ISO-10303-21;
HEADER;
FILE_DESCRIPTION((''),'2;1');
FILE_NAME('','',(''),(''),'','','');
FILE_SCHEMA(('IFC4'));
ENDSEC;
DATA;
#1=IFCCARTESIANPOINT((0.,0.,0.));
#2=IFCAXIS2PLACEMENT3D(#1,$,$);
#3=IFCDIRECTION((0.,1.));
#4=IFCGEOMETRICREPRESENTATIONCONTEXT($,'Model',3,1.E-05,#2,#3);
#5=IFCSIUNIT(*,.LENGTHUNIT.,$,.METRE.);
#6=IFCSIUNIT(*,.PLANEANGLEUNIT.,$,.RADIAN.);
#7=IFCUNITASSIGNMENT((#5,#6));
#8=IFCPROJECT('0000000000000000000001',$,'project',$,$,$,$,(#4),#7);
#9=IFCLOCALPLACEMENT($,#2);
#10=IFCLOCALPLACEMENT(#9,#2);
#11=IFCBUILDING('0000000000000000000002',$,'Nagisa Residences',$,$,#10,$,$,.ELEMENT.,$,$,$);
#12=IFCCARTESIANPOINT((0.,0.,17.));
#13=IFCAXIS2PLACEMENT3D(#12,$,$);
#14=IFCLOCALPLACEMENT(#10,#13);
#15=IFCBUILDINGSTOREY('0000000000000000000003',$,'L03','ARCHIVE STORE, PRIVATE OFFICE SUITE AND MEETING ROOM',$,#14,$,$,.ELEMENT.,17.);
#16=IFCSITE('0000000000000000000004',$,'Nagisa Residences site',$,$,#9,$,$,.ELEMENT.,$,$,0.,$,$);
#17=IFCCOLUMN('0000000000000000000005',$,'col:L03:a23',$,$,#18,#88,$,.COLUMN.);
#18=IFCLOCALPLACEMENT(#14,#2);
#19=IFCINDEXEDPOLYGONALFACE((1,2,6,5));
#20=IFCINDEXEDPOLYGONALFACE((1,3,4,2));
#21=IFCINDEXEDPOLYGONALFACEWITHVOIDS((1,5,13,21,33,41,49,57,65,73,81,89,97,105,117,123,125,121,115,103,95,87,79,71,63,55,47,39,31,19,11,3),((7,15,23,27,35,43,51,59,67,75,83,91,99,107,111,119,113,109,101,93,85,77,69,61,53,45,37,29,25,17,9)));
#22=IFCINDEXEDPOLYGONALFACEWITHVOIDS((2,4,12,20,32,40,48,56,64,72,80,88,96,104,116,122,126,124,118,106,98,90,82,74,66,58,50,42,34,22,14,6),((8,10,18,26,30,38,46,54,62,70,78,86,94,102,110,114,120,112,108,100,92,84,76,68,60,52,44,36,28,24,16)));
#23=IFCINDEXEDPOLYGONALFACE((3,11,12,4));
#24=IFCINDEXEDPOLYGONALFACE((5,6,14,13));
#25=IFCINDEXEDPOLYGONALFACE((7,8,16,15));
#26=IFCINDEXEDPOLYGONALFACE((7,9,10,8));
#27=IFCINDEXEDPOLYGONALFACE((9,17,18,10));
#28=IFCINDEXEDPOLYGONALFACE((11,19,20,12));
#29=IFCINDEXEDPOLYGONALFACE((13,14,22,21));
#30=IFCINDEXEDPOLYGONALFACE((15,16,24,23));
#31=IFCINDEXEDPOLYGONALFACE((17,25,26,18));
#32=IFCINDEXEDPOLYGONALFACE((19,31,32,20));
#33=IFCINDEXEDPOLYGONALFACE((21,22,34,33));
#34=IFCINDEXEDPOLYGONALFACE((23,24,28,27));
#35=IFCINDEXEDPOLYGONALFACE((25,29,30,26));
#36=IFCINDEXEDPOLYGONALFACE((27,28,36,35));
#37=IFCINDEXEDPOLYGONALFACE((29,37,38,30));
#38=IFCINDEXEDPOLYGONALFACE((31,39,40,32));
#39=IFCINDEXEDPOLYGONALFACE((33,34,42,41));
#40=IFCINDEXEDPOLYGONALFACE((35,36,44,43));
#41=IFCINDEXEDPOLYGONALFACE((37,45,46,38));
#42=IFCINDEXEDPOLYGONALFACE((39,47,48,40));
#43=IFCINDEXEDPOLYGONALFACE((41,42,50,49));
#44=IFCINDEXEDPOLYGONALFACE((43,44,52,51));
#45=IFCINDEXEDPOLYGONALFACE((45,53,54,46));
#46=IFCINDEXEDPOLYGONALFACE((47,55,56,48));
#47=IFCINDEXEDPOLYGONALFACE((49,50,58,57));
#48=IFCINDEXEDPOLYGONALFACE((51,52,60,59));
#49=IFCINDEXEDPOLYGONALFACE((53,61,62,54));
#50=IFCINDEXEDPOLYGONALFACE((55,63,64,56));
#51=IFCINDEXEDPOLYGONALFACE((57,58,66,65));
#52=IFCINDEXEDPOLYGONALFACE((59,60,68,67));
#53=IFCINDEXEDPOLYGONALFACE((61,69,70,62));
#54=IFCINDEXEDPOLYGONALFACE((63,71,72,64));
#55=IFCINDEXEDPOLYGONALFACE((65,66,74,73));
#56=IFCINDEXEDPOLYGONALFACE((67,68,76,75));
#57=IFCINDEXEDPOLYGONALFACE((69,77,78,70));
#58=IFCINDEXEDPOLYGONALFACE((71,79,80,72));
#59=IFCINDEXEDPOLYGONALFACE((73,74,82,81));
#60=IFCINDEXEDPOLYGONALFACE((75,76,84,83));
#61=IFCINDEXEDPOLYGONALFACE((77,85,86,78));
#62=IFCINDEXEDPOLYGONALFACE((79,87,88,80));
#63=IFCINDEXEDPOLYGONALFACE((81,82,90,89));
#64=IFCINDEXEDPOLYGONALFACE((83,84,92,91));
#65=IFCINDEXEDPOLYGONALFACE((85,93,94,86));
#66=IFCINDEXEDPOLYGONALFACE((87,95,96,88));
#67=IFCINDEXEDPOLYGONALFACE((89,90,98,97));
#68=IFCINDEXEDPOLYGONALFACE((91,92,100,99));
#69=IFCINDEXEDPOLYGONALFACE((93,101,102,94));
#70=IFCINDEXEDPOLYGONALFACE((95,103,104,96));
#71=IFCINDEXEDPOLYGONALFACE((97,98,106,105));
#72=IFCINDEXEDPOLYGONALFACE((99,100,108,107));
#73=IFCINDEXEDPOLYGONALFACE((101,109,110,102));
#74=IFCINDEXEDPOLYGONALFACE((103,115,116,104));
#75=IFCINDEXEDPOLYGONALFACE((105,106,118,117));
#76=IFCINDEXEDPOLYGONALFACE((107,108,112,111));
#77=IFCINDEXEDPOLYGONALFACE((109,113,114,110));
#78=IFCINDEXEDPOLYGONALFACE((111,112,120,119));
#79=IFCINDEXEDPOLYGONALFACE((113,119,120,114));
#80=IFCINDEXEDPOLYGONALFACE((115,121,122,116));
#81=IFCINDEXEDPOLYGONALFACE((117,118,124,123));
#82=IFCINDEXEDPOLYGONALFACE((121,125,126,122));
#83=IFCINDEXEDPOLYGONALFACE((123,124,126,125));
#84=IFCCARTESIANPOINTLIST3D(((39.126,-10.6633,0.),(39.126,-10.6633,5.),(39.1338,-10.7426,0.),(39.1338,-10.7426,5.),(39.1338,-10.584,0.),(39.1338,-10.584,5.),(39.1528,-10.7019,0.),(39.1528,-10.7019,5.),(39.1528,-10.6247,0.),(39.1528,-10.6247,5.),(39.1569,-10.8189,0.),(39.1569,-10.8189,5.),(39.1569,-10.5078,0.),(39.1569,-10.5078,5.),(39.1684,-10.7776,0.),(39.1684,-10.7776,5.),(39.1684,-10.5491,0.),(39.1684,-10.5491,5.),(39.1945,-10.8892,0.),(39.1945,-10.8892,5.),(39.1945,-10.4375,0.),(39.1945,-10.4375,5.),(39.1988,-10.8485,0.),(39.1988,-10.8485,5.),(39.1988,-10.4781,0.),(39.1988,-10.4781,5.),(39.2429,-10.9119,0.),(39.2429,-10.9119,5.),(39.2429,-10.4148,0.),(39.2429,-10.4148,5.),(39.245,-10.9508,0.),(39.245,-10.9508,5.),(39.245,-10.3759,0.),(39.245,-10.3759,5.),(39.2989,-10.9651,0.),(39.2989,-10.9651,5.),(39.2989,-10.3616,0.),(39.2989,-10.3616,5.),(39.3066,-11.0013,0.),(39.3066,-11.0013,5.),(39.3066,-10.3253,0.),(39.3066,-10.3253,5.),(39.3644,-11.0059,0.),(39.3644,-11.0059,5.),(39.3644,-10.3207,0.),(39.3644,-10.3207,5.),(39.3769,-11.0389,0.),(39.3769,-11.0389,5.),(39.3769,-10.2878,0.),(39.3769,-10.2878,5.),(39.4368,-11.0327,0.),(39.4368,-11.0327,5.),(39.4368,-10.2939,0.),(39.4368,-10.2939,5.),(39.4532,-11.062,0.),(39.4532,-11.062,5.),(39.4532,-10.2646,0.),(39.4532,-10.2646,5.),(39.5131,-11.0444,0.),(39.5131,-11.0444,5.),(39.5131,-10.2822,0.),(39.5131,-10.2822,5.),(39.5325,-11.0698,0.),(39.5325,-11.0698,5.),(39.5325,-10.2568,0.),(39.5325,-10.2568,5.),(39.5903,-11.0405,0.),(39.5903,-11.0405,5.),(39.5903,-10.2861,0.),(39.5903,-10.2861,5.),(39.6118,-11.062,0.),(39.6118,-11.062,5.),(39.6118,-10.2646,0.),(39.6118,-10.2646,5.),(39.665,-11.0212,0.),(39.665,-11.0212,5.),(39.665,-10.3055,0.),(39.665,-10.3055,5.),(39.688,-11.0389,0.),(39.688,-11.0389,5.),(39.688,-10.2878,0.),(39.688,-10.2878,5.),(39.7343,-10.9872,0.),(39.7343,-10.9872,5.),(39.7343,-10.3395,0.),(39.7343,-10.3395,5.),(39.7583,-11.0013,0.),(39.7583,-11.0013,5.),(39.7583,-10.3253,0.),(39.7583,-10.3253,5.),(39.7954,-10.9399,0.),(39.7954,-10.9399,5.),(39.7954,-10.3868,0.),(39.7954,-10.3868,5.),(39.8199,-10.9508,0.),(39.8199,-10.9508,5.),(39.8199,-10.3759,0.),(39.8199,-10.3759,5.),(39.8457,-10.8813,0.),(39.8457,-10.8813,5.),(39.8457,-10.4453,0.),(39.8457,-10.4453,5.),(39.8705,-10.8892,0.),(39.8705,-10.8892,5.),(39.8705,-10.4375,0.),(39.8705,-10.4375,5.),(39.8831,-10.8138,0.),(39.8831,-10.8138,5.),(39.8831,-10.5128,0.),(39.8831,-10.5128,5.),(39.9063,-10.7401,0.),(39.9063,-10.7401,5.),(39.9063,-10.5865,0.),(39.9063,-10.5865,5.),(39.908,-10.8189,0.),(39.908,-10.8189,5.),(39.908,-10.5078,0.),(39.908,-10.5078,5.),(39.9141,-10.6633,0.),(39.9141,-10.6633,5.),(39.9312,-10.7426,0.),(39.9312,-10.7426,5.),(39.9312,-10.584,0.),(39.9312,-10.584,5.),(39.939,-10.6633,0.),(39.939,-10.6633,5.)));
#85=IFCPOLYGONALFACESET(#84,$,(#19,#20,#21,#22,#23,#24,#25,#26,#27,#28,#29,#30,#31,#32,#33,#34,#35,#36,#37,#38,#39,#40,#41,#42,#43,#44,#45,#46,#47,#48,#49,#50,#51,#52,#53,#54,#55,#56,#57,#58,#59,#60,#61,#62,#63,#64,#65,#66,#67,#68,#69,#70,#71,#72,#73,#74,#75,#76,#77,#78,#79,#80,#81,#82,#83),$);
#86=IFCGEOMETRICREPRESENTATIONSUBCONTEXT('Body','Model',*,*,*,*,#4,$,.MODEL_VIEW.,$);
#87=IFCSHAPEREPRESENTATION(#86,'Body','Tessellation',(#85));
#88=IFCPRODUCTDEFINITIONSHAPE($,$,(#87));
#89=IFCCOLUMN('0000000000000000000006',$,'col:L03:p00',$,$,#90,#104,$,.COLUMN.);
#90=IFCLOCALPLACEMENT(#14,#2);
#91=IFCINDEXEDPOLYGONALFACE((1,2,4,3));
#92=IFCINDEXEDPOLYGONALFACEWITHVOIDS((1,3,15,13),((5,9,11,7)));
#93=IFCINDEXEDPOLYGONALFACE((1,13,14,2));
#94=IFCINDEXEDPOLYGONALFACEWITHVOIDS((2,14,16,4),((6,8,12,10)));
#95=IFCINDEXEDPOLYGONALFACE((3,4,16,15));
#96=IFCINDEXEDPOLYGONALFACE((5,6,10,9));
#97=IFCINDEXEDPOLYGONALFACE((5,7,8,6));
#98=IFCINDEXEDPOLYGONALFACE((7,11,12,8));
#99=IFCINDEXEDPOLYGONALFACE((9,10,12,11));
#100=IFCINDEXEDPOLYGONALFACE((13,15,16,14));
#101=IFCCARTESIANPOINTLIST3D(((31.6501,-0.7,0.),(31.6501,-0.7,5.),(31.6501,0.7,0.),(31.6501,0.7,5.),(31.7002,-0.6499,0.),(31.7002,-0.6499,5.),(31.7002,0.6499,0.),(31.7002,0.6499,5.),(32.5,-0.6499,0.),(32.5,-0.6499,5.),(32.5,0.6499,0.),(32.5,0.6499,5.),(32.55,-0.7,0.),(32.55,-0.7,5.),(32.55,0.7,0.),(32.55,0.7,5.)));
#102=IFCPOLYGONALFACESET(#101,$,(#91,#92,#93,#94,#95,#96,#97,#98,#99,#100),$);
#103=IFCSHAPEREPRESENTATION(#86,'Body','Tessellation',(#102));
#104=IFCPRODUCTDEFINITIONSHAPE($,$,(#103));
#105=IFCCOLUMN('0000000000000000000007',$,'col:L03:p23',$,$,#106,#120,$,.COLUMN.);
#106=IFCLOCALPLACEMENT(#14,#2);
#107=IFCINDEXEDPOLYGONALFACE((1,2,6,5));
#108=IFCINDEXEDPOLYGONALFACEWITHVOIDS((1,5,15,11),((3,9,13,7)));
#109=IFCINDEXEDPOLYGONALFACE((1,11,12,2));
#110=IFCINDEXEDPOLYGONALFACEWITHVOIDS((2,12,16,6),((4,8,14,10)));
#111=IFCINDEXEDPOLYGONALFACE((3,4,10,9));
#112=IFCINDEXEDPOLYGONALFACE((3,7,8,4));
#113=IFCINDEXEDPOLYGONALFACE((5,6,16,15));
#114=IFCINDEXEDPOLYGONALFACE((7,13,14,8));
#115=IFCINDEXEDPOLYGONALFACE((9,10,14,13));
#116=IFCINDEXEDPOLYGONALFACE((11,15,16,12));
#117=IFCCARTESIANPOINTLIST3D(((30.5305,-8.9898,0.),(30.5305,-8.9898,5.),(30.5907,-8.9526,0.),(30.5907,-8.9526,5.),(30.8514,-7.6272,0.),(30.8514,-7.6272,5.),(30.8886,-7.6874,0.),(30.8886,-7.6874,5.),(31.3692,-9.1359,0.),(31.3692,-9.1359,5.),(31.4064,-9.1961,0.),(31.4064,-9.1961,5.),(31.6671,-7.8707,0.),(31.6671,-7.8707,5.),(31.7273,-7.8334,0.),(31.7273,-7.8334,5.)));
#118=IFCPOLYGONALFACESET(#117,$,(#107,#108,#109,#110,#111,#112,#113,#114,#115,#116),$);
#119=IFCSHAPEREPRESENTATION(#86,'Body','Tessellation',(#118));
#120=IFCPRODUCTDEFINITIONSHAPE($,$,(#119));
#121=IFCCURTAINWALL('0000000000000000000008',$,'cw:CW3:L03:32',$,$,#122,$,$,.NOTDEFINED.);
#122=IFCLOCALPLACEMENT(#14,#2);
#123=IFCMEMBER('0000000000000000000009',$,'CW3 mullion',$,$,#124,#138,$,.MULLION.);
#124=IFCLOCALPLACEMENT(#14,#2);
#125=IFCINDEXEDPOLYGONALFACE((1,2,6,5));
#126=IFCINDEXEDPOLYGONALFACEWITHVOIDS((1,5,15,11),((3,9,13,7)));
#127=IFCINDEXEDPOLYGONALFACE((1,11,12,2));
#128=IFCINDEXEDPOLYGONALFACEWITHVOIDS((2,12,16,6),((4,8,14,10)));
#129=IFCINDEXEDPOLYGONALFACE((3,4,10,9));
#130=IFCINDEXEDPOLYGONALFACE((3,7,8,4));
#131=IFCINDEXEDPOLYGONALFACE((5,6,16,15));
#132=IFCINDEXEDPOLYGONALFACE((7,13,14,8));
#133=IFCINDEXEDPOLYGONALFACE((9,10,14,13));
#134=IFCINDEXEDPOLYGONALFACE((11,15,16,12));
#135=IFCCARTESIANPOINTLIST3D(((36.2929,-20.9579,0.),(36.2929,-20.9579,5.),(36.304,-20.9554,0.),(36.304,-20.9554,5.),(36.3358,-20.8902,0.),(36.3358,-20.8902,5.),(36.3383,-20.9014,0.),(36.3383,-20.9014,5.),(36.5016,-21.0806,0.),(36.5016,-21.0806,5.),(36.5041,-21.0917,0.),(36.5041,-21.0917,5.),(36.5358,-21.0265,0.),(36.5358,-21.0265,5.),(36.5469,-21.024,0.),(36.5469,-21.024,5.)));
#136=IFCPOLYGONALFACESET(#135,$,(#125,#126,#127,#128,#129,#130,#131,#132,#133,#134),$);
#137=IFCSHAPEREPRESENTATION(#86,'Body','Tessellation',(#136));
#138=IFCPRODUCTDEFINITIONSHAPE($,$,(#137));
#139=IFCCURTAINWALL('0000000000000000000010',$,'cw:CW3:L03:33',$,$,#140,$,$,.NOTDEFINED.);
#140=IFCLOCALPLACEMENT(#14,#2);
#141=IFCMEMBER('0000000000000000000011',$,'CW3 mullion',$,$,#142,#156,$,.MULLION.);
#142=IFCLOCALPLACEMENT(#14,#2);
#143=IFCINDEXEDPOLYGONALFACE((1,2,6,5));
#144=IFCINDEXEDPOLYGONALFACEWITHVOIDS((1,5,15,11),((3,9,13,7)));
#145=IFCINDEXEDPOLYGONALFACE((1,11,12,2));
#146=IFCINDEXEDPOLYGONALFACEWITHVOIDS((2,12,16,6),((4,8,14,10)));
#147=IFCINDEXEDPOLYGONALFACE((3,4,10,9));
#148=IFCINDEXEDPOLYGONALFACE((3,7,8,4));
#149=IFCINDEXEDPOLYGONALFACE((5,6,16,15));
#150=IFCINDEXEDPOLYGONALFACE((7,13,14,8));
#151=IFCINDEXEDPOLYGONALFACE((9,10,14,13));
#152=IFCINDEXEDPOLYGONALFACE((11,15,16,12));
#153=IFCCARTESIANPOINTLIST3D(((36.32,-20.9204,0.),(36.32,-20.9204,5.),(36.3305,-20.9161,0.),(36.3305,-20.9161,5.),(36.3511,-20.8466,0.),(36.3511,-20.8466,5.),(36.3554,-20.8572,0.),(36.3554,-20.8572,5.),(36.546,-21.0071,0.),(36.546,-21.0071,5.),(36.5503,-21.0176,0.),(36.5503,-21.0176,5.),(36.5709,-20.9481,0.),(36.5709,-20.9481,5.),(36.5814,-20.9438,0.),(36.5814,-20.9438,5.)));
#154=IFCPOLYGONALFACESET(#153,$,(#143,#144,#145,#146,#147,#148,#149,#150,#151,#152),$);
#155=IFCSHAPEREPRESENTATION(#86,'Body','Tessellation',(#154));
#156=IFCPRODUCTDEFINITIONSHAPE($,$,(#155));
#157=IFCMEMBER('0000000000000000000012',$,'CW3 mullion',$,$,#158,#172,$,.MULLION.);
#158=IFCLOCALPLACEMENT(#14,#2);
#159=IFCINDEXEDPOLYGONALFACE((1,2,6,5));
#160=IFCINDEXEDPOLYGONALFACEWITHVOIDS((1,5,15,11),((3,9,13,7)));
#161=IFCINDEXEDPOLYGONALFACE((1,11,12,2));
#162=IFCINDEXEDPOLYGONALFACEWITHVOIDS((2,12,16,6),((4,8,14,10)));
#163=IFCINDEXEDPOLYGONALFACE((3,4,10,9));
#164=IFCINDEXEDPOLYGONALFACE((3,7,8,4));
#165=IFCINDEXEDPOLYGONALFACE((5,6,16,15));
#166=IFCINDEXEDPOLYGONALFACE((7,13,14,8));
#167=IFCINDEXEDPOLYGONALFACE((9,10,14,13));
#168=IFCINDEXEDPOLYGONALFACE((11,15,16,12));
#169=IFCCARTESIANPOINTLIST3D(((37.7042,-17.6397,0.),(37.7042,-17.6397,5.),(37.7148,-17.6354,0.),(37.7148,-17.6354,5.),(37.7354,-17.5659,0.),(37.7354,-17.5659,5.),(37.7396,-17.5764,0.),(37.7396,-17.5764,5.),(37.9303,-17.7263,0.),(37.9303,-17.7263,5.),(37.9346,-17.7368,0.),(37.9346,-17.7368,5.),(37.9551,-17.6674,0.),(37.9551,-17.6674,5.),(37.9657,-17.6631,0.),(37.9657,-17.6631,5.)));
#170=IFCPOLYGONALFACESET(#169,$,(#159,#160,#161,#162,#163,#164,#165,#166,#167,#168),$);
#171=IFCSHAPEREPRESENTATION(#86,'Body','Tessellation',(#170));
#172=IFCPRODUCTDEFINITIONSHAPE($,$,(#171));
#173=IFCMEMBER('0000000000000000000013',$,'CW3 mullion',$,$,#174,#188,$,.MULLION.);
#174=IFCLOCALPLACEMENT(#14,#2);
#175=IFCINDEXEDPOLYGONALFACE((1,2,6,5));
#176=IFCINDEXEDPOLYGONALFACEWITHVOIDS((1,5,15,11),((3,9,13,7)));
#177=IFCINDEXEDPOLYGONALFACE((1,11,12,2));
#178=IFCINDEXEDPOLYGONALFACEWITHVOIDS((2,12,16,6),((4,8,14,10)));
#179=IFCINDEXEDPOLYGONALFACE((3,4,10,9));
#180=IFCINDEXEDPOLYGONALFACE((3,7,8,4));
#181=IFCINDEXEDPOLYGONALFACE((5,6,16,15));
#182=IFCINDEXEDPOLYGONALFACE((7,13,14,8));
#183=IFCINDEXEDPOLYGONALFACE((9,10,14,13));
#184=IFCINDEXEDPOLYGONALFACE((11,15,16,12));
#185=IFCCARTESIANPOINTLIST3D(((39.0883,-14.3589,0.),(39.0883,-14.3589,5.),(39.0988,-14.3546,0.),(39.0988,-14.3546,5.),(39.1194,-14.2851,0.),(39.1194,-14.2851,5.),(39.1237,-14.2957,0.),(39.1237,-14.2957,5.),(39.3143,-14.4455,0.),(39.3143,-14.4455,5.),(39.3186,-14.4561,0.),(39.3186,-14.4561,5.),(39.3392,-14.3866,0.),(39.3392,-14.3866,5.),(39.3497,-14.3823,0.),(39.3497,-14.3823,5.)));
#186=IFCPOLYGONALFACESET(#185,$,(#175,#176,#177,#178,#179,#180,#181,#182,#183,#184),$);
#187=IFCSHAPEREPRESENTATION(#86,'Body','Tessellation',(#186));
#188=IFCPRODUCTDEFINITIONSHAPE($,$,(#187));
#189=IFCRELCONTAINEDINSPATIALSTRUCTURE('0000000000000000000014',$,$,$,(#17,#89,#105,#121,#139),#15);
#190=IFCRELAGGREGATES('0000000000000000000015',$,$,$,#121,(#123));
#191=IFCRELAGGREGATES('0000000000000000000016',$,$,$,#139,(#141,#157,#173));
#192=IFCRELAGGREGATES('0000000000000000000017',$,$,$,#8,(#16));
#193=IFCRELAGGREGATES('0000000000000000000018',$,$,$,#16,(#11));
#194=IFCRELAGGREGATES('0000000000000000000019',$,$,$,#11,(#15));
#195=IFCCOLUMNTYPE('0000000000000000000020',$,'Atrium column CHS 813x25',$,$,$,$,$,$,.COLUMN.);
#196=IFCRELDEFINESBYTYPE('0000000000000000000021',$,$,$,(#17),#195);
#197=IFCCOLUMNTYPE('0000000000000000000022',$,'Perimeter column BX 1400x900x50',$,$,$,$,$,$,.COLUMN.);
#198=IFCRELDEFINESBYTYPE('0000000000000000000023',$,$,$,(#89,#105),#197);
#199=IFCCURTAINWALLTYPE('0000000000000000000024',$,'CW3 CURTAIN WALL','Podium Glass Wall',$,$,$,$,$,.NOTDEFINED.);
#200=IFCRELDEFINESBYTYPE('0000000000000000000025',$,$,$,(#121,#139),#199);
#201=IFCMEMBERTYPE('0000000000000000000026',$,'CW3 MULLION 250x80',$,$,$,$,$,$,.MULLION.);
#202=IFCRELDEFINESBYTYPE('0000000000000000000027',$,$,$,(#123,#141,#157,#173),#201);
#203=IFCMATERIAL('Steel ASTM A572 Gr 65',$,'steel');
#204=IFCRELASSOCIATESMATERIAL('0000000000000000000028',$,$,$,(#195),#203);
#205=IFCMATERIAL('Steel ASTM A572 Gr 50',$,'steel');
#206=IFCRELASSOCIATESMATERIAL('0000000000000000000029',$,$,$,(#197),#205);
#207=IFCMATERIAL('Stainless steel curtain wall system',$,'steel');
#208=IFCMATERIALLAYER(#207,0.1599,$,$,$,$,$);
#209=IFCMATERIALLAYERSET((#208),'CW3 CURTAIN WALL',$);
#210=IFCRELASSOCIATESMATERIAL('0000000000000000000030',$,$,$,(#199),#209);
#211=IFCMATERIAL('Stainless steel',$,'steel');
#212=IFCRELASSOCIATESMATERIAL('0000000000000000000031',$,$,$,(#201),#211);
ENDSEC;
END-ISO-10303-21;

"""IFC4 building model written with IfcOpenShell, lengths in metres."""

from ifc_helpers import new_model, si_unit, direction, frame, origin, origin_2d, place, context, subcontext, project, spatial, hollow_rectangle, hollow_circle, extrude, material, layer, layer_set, material_profile, profile_set, type_object, element, aggregate, save


model = new_model("IFC4")

# Units and contexts
model_context = context("Model", 3, precision=1e-05, world=origin(), true_north=direction((0.0, 1.0)))
body_context = subcontext(model_context, "Body", "Model", "MODEL_VIEW")
ifc_project = project(units=[si_unit("LENGTHUNIT", "METRE"), si_unit("PLANEANGLEUNIT", "RADIAN")], contexts=[model_context])

# Site, building, storey
site_placement = place(None, origin())
site = spatial("IfcSite", under=ifc_project, at=site_placement, Name="Nagisa Residences site", CompositionType="ELEMENT", RefElevation=0.0)
building_placement = place(site_placement, origin())
building = spatial("IfcBuilding", under=site, at=building_placement, Name="Nagisa Residences", CompositionType="ELEMENT")
storey_placement = place(building_placement, frame((0.0, 0.0, 17.0)))
storey = spatial("IfcBuildingStorey", under=building, at=storey_placement, Name="L03", Description="ARCHIVE STORE, PRIVATE OFFICE SUITE AND MEETING ROOM", CompositionType="ELEMENT", Elevation=17.0)

# Columns
ifc_material_1 = material(Name="Steel ASTM A572 Gr 65", Category="steel")
ifc_material_profile_1 = material_profile(ifc_material_1, hollow_circle(Radius=0.4065, WallThickness=0.0249, at=origin_2d()), Name="CHS 813x25")
ifc_profile_set_1 = profile_set([ifc_material_profile_1], Name="Steel ASTM A572 Gr 65")
column_type_1 = type_object("IfcColumnType", Name="Atrium column CHS 813x25", PredefinedType="COLUMN", material=ifc_profile_set_1)
for number, where, z_axis, x_axis, name in (
    (1, (39.5325, -10.6633, 0.0), (0.0, 0.0, 1.0), (1.0, 0.0, 0.0), "col:L03:a23"),
):
    element("IfcColumn", number, at=place(storey_placement, frame(where, z_axis=z_axis, x_axis=x_axis)), inside=storey, type_object=column_type_1, Name=name, PredefinedType="COLUMN", context=body_context, shape_type="SweptSolid", body=[
        extrude(hollow_circle(Radius=0.4065, WallThickness=0.0249, at=origin_2d()), origin(), (0.0, 0.0, 1.0), 5.0),
    ])
ifc_material_2 = material(Name="Steel ASTM A572 Gr 50", Category="steel")
ifc_material_profile_2 = material_profile(ifc_material_2, hollow_rectangle(XDim=1.3999, YDim=0.8999, WallThickness=0.05, at=origin_2d()), Name="BX 1400x900x50")
ifc_profile_set_2 = profile_set([ifc_material_profile_2], Name="Steel ASTM A572 Gr 50")
column_type_2 = type_object("IfcColumnType", Name="Perimeter column BX 1400x900x50", PredefinedType="COLUMN", material=ifc_profile_set_2)
for number, where, z_axis, x_axis, name in (
    (2, (32.1001, 0.0, 0.0), (0.0, 0.0, 1.0), (0.0, 1.0, 0.0), "col:L03:p00"),
    (3, (31.1289, -8.4116, 0.0), (0.0, 0.0, 1.0), (0.229202, 0.973379, 0.0), "col:L03:p23"),
):
    element("IfcColumn", number, at=place(storey_placement, frame(where, z_axis=z_axis, x_axis=x_axis)), inside=storey, type_object=column_type_2, Name=name, PredefinedType="COLUMN", context=body_context, shape_type="SweptSolid", body=[
        extrude(hollow_rectangle(XDim=1.3999, YDim=0.8999, WallThickness=0.05, at=origin_2d()), origin(), (0.0, 0.0, 1.0), 5.0),
    ])

# Curtain wall, member
ifc_material_3 = material(Name="Stainless steel curtain wall system", Category="steel")
ifc_layer_1 = layer(ifc_material_3, 0.1599)
ifc_layer_set_1 = layer_set([ifc_layer_1], Name="CW3 CURTAIN WALL")
curtain_wall_type_1 = type_object("IfcCurtainWallType", Name="CW3 CURTAIN WALL", Description="Podium Glass Wall", PredefinedType="NOTDEFINED", material=ifc_layer_set_1)
curtain_wall_1_placement = place(storey_placement, origin())
curtain_wall_1 = element("IfcCurtainWall", 4, at=curtain_wall_1_placement, inside=storey, type_object=curtain_wall_type_1, Name="cw:CW3:L03:32", PredefinedType="NOTDEFINED")
ifc_material_4 = material(Name="Stainless steel", Category="steel")
ifc_material_profile_3 = material_profile(ifc_material_4, hollow_rectangle(XDim=0.25, YDim=0.0801, WallThickness=0.0081, at=origin_2d()), Name="CW3 MULLION 250x80")
ifc_profile_set_3 = profile_set([ifc_material_profile_3], Name="Stainless steel")
member_type_1 = type_object("IfcMemberType", Name="CW3 MULLION 250x80", PredefinedType="MULLION", material=ifc_profile_set_3)
member_1_placement = place(storey_placement, frame((36.4199, -20.991, 0.0), z_axis=(0.0, 0.0, 1.0), x_axis=(-0.844747, 0.535165, 0.0)))
member_1 = element("IfcMember", 5, at=member_1_placement, type_object=member_type_1, Name="CW3 mullion", PredefinedType="MULLION", context=body_context, shape_type="SweptSolid", body=[
    extrude(hollow_rectangle(XDim=0.25, YDim=0.0801, WallThickness=0.0081, at=origin_2d()), origin(), (0.0, 0.0, 1.0), 5.0),
])
aggregate(curtain_wall_1, [member_1])

# Curtain wall, members
curtain_wall_2_placement = place(storey_placement, origin())
curtain_wall_2 = element("IfcCurtainWall", 6, at=curtain_wall_2_placement, inside=storey, type_object=curtain_wall_type_1, Name="cw:CW3:L03:33", PredefinedType="NOTDEFINED")
member_2_placement = place(storey_placement, frame((36.4507, -20.9321, 0.0), z_axis=(0.0, 0.0, 1.0), x_axis=(-0.921357, 0.388718, 0.0)))
member_2 = element("IfcMember", 7, at=member_2_placement, type_object=member_type_1, Name="CW3 mullion", PredefinedType="MULLION", context=body_context, shape_type="SweptSolid", body=[
    extrude(hollow_rectangle(XDim=0.25, YDim=0.0801, WallThickness=0.0081, at=origin_2d()), origin(), (0.0, 0.0, 1.0), 5.0),
])
member_3_placement = place(storey_placement, frame((37.835, -17.6514, 0.0), z_axis=(0.0, 0.0, 1.0), x_axis=(-0.921357, 0.388718, 0.0)))
member_3 = element("IfcMember", 8, at=member_3_placement, type_object=member_type_1, Name="CW3 mullion", PredefinedType="MULLION", context=body_context, shape_type="SweptSolid", body=[
    extrude(hollow_rectangle(XDim=0.25, YDim=0.0801, WallThickness=0.0081, at=origin_2d()), origin(), (0.0, 0.0, 1.0), 5.0),
])
member_4_placement = place(storey_placement, frame((39.219, -14.3706, 0.0), z_axis=(0.0, 0.0, 1.0), x_axis=(-0.921357, 0.388718, 0.0)))
member_4 = element("IfcMember", 9, at=member_4_placement, type_object=member_type_1, Name="CW3 mullion", PredefinedType="MULLION", context=body_context, shape_type="SweptSolid", body=[
    extrude(hollow_rectangle(XDim=0.25, YDim=0.0801, WallThickness=0.0081, at=origin_2d()), origin(), (0.0, 0.0, 1.0), 5.0),
])

aggregate(curtain_wall_2, [member_2, member_3, member_4])

save(model, "model.ifc")
